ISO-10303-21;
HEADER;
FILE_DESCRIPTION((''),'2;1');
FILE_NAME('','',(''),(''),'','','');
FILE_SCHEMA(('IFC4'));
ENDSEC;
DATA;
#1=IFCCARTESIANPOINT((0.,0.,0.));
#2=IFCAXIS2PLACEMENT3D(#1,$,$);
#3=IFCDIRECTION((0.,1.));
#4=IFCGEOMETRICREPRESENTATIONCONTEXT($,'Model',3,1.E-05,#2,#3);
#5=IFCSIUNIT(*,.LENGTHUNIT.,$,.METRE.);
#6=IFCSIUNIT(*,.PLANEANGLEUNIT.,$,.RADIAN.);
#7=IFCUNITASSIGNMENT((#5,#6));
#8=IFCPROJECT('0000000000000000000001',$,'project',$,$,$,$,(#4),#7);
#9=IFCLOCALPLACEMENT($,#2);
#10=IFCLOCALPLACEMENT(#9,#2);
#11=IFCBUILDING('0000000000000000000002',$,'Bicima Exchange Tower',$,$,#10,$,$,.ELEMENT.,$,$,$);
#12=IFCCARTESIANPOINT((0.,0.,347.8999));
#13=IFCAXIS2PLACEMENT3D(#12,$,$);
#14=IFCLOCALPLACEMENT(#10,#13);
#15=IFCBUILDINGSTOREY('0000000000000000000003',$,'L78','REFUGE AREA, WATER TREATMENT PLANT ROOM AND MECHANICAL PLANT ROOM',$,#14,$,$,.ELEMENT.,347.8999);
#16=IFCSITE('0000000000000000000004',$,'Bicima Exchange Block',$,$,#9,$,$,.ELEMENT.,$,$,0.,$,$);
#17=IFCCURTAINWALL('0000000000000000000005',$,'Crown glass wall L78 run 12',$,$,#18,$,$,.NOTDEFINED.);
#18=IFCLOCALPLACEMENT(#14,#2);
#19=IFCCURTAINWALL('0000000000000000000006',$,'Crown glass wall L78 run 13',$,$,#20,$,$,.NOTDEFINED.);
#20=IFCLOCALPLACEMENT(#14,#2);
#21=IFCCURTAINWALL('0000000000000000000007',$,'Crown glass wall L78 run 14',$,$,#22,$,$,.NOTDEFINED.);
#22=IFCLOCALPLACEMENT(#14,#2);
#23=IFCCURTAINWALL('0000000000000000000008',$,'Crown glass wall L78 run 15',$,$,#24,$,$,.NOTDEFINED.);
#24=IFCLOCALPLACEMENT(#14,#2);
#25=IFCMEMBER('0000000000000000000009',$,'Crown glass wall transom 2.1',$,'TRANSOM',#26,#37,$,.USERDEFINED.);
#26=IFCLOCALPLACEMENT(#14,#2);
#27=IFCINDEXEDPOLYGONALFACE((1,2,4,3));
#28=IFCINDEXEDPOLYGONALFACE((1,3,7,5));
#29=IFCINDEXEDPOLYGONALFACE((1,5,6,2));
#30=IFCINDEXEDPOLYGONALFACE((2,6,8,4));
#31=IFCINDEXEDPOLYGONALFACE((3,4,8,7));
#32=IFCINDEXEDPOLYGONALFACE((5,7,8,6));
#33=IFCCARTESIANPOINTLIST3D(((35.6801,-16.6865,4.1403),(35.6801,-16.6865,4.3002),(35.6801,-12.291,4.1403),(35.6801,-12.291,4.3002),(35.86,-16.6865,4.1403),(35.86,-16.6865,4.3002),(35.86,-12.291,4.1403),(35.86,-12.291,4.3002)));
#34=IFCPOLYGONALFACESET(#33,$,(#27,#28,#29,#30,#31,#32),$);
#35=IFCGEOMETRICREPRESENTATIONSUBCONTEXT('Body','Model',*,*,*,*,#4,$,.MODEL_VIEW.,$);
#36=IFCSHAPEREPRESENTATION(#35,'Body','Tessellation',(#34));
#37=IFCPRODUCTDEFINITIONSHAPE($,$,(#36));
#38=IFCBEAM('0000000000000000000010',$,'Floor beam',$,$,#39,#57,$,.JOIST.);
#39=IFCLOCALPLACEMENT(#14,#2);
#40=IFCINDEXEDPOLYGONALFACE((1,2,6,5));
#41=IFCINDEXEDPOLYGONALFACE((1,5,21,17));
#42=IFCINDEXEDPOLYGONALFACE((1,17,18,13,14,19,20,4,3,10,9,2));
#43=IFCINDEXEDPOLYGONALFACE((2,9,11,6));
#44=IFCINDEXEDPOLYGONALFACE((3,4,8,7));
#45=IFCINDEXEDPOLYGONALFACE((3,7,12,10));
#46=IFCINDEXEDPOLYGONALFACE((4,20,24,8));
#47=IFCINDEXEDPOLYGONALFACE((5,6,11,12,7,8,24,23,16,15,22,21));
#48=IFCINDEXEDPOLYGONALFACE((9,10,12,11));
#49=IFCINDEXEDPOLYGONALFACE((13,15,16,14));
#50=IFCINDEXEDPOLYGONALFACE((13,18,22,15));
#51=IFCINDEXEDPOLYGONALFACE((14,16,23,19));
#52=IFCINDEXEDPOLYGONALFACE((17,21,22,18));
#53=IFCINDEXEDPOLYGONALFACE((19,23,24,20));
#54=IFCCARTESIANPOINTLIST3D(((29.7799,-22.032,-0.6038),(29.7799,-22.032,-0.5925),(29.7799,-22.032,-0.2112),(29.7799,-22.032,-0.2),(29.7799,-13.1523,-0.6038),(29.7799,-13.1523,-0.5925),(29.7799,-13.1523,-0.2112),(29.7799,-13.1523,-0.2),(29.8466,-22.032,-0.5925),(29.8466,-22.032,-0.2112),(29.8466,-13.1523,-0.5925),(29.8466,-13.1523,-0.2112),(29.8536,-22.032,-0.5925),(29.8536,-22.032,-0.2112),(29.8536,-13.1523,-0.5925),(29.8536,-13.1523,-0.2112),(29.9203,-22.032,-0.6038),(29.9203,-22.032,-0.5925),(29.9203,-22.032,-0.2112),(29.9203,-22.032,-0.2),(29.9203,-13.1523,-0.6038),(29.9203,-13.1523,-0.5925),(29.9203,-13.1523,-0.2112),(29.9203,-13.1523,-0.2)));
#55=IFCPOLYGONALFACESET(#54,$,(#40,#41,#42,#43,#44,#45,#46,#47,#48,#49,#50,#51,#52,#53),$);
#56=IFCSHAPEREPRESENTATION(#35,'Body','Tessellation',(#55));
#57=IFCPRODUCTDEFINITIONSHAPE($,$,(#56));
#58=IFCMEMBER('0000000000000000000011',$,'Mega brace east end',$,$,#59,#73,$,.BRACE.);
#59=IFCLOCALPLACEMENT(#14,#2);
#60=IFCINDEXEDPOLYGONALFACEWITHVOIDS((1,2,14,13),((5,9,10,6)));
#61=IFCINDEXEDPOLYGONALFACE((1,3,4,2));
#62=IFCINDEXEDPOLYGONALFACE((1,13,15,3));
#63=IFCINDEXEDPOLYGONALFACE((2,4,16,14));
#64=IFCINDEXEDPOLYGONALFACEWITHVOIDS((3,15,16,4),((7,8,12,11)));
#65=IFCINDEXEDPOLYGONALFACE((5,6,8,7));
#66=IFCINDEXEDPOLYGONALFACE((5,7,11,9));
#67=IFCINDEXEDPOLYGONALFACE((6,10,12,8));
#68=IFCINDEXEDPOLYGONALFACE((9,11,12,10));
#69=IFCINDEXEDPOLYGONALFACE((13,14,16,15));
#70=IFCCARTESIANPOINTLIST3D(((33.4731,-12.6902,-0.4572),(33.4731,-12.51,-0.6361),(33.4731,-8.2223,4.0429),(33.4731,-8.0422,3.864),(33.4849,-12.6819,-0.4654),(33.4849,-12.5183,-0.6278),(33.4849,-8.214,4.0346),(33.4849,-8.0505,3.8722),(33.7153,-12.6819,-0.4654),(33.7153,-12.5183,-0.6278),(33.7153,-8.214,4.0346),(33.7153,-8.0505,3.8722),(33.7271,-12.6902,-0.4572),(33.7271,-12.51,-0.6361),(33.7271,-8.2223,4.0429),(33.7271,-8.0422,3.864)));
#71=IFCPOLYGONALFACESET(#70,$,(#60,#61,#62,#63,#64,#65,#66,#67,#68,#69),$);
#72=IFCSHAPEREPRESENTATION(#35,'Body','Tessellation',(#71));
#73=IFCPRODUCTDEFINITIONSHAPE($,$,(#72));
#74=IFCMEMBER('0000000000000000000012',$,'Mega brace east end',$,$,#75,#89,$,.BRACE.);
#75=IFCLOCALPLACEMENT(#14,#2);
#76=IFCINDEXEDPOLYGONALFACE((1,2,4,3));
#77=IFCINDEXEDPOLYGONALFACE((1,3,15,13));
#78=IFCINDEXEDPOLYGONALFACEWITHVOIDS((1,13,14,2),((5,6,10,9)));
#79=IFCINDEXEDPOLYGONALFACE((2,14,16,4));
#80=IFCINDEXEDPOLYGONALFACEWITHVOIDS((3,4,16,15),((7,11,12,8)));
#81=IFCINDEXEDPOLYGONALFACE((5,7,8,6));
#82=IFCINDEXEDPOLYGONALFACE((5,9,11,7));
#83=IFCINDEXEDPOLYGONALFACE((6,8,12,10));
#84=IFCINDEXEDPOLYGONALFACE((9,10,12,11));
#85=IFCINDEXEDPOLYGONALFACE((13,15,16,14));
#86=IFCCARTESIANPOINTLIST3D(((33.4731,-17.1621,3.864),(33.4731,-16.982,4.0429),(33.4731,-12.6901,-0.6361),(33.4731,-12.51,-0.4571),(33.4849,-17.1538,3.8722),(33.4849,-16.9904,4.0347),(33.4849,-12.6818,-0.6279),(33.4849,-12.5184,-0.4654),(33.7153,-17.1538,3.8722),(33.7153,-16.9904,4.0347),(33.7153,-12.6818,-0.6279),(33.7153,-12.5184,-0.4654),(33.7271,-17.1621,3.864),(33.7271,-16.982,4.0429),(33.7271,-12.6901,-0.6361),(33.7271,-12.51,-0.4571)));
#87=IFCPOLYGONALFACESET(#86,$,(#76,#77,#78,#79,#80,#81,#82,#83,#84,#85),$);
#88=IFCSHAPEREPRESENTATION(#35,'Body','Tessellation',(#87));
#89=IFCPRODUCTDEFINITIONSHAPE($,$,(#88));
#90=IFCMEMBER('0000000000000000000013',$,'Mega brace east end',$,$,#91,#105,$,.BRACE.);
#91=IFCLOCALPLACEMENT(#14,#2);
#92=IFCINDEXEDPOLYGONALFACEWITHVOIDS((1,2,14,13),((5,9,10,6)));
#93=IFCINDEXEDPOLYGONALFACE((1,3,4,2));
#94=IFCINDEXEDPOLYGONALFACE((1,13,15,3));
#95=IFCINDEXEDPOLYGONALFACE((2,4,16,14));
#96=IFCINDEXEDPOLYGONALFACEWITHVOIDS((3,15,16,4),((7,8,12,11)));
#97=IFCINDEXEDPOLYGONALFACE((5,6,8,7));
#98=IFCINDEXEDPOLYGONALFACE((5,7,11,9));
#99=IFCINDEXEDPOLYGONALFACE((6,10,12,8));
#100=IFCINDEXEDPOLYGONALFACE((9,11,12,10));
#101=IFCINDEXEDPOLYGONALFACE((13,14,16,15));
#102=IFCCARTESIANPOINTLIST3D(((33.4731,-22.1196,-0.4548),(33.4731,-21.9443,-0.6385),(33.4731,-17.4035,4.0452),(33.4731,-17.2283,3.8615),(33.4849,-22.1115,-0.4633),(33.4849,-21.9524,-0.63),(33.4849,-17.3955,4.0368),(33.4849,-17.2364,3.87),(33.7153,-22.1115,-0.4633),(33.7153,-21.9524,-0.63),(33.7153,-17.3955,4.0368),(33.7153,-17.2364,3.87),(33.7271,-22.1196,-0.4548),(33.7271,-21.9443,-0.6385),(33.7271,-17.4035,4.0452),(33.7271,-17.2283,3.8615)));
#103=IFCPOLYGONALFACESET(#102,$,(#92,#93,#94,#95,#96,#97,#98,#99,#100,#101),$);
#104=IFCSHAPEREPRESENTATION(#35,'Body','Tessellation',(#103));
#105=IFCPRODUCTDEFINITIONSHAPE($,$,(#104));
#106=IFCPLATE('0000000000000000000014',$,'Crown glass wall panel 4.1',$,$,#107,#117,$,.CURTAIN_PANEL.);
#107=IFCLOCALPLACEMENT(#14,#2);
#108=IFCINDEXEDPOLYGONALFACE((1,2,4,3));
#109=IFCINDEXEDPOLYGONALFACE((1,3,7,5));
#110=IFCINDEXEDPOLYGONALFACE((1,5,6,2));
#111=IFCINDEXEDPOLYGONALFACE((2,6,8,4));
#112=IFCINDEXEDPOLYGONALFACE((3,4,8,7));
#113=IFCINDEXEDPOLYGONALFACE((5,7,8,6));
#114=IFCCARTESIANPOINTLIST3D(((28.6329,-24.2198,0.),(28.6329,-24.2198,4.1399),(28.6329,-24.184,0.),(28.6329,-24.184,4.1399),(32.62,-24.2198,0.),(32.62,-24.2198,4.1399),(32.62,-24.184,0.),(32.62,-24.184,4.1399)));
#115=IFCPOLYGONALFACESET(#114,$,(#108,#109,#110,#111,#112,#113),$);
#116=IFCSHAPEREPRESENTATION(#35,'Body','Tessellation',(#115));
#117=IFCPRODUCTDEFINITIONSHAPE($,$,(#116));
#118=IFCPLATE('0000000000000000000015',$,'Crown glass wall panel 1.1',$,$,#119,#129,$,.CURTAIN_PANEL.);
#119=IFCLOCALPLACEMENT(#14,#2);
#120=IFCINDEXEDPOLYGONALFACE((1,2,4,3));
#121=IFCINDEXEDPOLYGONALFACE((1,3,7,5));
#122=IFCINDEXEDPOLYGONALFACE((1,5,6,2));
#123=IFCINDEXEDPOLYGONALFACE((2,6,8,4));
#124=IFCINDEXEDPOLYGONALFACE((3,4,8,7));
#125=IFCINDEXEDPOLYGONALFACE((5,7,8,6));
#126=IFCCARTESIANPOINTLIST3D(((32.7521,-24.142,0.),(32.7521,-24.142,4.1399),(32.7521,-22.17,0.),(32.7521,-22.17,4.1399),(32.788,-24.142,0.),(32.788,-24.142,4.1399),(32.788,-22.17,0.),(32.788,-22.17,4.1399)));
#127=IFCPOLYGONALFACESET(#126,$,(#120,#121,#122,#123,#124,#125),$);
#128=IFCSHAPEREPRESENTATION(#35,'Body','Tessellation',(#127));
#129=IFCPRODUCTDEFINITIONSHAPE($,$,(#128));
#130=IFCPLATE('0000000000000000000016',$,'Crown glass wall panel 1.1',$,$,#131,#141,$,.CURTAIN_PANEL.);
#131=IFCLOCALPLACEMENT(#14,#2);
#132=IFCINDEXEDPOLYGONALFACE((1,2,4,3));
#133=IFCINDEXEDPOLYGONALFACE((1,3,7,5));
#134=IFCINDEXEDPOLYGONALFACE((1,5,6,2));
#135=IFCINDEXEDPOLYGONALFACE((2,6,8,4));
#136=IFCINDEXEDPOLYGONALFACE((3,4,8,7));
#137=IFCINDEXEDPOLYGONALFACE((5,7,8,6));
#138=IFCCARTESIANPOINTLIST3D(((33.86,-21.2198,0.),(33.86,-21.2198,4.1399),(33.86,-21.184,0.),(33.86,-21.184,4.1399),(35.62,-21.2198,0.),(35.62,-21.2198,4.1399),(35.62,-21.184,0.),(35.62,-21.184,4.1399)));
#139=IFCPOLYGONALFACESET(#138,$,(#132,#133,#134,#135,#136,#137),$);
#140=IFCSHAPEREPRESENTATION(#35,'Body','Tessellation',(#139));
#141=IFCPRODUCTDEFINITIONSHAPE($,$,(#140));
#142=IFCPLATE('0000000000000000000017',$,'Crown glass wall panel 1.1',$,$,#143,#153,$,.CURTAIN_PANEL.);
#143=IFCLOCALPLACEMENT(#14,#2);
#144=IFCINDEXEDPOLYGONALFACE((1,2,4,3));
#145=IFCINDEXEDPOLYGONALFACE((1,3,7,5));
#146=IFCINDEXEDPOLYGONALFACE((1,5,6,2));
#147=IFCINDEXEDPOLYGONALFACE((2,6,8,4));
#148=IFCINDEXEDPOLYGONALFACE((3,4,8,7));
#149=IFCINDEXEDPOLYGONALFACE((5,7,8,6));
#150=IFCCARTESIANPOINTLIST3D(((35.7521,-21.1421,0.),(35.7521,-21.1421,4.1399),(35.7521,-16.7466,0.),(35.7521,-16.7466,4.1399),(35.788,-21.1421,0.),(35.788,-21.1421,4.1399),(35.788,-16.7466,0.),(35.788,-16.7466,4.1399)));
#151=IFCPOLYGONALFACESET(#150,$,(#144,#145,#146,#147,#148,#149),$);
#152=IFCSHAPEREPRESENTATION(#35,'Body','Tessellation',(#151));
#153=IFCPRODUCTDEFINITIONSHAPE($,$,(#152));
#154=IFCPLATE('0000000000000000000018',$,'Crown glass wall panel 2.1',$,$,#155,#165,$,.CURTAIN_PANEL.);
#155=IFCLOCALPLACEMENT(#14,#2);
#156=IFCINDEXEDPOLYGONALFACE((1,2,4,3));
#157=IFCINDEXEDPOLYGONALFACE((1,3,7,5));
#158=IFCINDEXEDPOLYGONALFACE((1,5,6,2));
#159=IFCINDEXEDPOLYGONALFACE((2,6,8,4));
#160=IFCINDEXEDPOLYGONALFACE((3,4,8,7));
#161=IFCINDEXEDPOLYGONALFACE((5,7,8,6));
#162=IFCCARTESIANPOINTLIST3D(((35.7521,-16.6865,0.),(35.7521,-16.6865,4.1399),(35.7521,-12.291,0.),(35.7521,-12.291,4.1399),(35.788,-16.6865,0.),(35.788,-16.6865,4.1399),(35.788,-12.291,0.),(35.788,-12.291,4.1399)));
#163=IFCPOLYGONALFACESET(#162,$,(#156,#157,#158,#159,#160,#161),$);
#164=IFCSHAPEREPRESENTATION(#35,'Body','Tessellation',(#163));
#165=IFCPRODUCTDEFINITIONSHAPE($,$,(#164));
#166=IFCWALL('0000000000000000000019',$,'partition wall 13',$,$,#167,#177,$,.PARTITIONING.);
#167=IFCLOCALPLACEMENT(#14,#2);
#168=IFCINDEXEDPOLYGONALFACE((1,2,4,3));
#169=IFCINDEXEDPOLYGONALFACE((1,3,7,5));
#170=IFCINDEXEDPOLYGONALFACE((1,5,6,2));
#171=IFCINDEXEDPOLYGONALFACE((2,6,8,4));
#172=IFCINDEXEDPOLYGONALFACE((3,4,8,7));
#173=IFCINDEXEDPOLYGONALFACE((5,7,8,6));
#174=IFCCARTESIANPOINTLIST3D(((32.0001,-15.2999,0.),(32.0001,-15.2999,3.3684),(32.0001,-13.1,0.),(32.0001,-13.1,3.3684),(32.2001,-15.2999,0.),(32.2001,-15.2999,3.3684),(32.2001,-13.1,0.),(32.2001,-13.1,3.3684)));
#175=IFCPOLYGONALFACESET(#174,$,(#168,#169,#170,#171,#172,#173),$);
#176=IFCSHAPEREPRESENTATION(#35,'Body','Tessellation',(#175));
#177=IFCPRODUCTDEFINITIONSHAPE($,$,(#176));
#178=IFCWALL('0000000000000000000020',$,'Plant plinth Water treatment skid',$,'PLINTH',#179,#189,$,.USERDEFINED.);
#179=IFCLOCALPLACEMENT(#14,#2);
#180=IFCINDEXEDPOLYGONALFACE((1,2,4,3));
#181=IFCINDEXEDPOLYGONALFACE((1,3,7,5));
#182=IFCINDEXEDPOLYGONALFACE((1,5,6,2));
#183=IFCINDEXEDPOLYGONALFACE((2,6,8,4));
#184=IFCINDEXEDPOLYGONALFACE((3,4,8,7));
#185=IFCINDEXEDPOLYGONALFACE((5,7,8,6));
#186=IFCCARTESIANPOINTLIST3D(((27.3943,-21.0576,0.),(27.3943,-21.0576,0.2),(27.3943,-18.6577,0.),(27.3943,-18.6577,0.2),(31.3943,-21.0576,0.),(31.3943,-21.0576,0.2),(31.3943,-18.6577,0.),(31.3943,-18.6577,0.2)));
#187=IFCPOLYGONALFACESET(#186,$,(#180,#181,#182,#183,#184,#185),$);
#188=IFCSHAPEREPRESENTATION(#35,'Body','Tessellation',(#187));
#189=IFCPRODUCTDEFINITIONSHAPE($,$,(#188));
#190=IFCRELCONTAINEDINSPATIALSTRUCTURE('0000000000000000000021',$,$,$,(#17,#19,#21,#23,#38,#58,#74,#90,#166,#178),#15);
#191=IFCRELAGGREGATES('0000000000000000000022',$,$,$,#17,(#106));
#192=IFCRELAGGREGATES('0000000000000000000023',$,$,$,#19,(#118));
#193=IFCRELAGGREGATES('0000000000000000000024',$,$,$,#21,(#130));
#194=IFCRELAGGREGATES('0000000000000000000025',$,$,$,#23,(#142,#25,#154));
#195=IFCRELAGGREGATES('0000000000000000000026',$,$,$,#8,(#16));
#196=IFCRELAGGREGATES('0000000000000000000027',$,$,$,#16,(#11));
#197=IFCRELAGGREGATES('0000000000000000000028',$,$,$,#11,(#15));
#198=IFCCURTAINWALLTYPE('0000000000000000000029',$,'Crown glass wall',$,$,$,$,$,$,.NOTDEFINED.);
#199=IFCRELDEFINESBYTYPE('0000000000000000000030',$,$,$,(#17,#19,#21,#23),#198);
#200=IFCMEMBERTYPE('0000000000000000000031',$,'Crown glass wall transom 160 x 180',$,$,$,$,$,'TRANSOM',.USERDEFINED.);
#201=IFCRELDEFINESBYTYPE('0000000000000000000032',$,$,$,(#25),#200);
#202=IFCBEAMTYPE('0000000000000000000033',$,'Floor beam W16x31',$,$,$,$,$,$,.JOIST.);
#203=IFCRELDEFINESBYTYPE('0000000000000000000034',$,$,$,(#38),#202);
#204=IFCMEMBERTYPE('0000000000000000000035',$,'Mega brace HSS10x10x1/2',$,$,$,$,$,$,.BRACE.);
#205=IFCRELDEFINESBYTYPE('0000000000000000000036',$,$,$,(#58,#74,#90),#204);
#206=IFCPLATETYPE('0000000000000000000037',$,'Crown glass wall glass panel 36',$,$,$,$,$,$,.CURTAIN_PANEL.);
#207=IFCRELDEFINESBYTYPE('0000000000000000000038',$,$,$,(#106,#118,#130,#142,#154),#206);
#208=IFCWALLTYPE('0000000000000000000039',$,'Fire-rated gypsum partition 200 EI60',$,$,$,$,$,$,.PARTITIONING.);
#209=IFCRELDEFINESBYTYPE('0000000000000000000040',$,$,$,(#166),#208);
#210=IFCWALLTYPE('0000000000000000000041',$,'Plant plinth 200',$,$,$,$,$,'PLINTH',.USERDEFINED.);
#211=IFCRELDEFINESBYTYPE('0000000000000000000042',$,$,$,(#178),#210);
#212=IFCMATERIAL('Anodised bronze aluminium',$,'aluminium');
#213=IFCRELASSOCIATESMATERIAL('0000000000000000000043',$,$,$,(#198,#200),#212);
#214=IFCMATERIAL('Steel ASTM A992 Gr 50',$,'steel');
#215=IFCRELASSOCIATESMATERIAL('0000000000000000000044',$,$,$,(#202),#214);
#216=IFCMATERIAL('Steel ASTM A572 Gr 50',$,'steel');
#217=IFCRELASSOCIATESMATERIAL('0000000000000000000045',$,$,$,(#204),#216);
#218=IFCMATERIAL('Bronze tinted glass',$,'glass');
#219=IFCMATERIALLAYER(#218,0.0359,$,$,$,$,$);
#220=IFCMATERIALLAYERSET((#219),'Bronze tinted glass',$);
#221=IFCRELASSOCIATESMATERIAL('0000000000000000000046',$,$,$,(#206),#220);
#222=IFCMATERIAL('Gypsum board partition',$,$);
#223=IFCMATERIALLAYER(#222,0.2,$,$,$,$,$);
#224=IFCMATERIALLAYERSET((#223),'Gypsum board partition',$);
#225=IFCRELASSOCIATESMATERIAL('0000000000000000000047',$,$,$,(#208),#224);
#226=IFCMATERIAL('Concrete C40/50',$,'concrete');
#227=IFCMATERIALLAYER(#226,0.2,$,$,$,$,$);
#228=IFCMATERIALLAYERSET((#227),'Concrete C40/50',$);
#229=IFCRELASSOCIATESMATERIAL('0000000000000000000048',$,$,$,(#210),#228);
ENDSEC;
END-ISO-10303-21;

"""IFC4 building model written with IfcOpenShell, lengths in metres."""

from ifc_helpers import new_model, si_unit, direction, frame, frame_2d, origin, origin_2d, place, context, subcontext, project, spatial, rectangle, hollow_rectangle, i_section, extrude, material, layer, layer_set, material_profile, profile_set, type_object, element, aggregate, save


model = new_model("IFC4")

# Units and contexts
model_context = context("Model", 3, precision=1e-05, world=origin(), true_north=direction((0.0, 1.0)))
body_context = subcontext(model_context, "Body", "Model", "MODEL_VIEW")
ifc_project = project(units=[si_unit("LENGTHUNIT", "METRE"), si_unit("PLANEANGLEUNIT", "RADIAN")], contexts=[model_context])

# Site, building, storey
site_placement = place(None, origin())
site = spatial("IfcSite", under=ifc_project, at=site_placement, Name="Bicima Exchange Block", CompositionType="ELEMENT", RefElevation=0.0)
building_placement = place(site_placement, origin())
building = spatial("IfcBuilding", under=site, at=building_placement, Name="Bicima Exchange Tower", CompositionType="ELEMENT")
storey_placement = place(building_placement, frame((0.0, 0.0, 347.8999)))
storey = spatial("IfcBuildingStorey", under=building, at=storey_placement, Name="L78", Description="REFUGE AREA, WATER TREATMENT PLANT ROOM AND MECHANICAL PLANT ROOM", CompositionType="ELEMENT", Elevation=347.8999)

# Shared definitions
ifc_material_1 = material(Name="Steel ASTM A572 Gr 50", Category="steel")
ifc_material_2 = material(Name="Steel ASTM A992 Gr 50", Category="steel")

# Curtain wall
ifc_material_3 = material(Name="Anodised bronze aluminium", Category="aluminium")
curtain_wall_type = type_object("IfcCurtainWallType", Name="Crown glass wall", PredefinedType="NOTDEFINED", material=ifc_material_3)
curtain_wall_1_placement = place(storey_placement, origin())
curtain_wall_1 = element("IfcCurtainWall", 1, at=curtain_wall_1_placement, inside=storey, type_object=curtain_wall_type, Name="Crown glass wall L78 run 12", PredefinedType="NOTDEFINED")

# Curtain walls
curtain_wall_2_placement = place(storey_placement, origin())
curtain_wall_2 = element("IfcCurtainWall", 2, at=curtain_wall_2_placement, inside=storey, type_object=curtain_wall_type, Name="Crown glass wall L78 run 13", PredefinedType="NOTDEFINED")
curtain_wall_3_placement = place(storey_placement, origin())
curtain_wall_3 = element("IfcCurtainWall", 3, at=curtain_wall_3_placement, inside=storey, type_object=curtain_wall_type, Name="Crown glass wall L78 run 14", PredefinedType="NOTDEFINED")
curtain_wall_4_placement = place(storey_placement, origin())
curtain_wall_4 = element("IfcCurtainWall", 4, at=curtain_wall_4_placement, inside=storey, type_object=curtain_wall_type, Name="Crown glass wall L78 run 15", PredefinedType="NOTDEFINED")

# Member
ifc_material_profile_1 = material_profile(ifc_material_3, rectangle(XDim=0.1799, YDim=0.1599, at=origin_2d()))
ifc_profile_set_1 = profile_set([ifc_material_profile_1], Name="Anodised bronze aluminium")
member_type_1 = type_object("IfcMemberType", Name="Crown glass wall transom 160 x 180", ElementType="TRANSOM", PredefinedType="USERDEFINED", material=ifc_profile_set_1)
member_1_placement = place(storey_placement, frame((35.77, -16.6865, 4.2202), z_axis=(0.0, 1.0, 0.0), x_axis=(-1.0, 0.0, 0.0)))
member_1 = element("IfcMember", 5, at=member_1_placement, type_object=member_type_1, Name="Crown glass wall transom 2.1", ObjectType="TRANSOM", PredefinedType="USERDEFINED", context=body_context, shape_type="SweptSolid", body=[
    extrude(rectangle(XDim=0.1799, YDim=0.1599, at=origin_2d()), origin(), (0.0, 0.0, 1.0), 4.3955),
])

# Beam
ifc_material_profile_2 = material_profile(ifc_material_2, i_section(OverallWidth=0.1404, OverallDepth=0.4038, WebThickness=0.0071, FlangeThickness=0.0112, at=origin_2d()))
ifc_profile_set_2 = profile_set([ifc_material_profile_2], Name="Steel ASTM A992 Gr 50")
beam_type = type_object("IfcBeamType", Name="Floor beam W16x31", PredefinedType="JOIST", material=ifc_profile_set_2)
beam_placement = place(storey_placement, frame((29.8501, -13.1523, -0.4019), z_axis=(0.0, -1.0, 0.0), x_axis=(1.0, 0.0, 0.0)))
element("IfcBeam", 6, at=beam_placement, inside=storey, type_object=beam_type, Name="Floor beam", PredefinedType="JOIST", context=body_context, shape_type="SweptSolid", body=[
    extrude(i_section(OverallWidth=0.1404, OverallDepth=0.4038, WebThickness=0.0071, FlangeThickness=0.0112, at=origin_2d()), origin(), (0.0, 0.0, 1.0), 8.8796),
])

# Members
ifc_material_profile_3 = material_profile(ifc_material_1, hollow_rectangle(XDim=0.2539, YDim=0.2539, WallThickness=0.0117, at=origin_2d()))
ifc_profile_set_3 = profile_set([ifc_material_profile_3], Name="Steel ASTM A572 Gr 50")
member_type_2 = type_object("IfcMemberType", Name="Mega brace HSS10x10x1/2", PredefinedType="BRACE", material=ifc_profile_set_3)
member_2_placement = place(storey_placement, frame((33.6001, -12.6001, -0.5466), z_axis=(0.0, 0.704561, 0.709643), x_axis=(-1.0, 0.0, 0.0)))
element("IfcMember", 7, at=member_2_placement, inside=storey, type_object=member_type_2, Name="Mega brace east end", PredefinedType="BRACE", context=body_context, shape_type="SweptSolid", body=[
    extrude(hollow_rectangle(XDim=0.2539, YDim=0.2539, WallThickness=0.0117, at=origin_2d()), origin(), (0.0, 0.0, 1.0), 6.3413),
])
member_3_placement = place(storey_placement, frame((33.6001, -12.6001, -0.5466), z_axis=(0.0, -0.704891, 0.709316), x_axis=(1.0, 0.0, 0.0)))
element("IfcMember", 8, at=member_3_placement, inside=storey, type_object=member_type_2, Name="Mega brace east end", PredefinedType="BRACE", context=body_context, shape_type="SweptSolid", body=[
    extrude(hollow_rectangle(XDim=0.2539, YDim=0.2539, WallThickness=0.0117, at=origin_2d()), origin(), (0.0, 0.0, 1.0), 6.3442),
])
member_4_placement = place(storey_placement, frame((33.6001, -22.032, -0.5466), z_axis=(0.0, 0.723486, 0.690339), x_axis=(-1.0, 0.0, 0.0)))
element("IfcMember", 9, at=member_4_placement, inside=storey, type_object=member_type_2, Name="Mega brace east end", PredefinedType="BRACE", context=body_context, shape_type="SweptSolid", body=[
    extrude(hollow_rectangle(XDim=0.2539, YDim=0.2539, WallThickness=0.0117, at=origin_2d()), origin(), (0.0, 0.0, 1.0), 6.5186),
])

# Plates
ifc_material_4 = material(Name="Bronze tinted glass", Category="glass")
ifc_layer_1 = layer(ifc_material_4, 0.0359)
ifc_layer_set_1 = layer_set([ifc_layer_1], Name="Bronze tinted glass")
plate_type = type_object("IfcPlateType", Name="Crown glass wall glass panel 36", PredefinedType="CURTAIN_PANEL", material=ifc_layer_set_1)
plate_1_placement = place(storey_placement, frame((30.6265, -24.2019, 0.0), z_axis=(0.0, 0.0, 1.0), x_axis=(1.0, 0.0, 0.0)))
plate_1 = element("IfcPlate", 10, at=plate_1_placement, type_object=plate_type, Name="Crown glass wall panel 4.1", PredefinedType="CURTAIN_PANEL", context=body_context, shape_type="SweptSolid", body=[
    extrude(rectangle(XDim=3.9871, YDim=0.0359, at=origin_2d()), origin(), (0.0, 0.0, 1.0), 4.1399),
])
aggregate(curtain_wall_1, [plate_1])
plate_2_placement = place(storey_placement, frame((32.77, -23.156, 0.0), z_axis=(0.0, 0.0, 1.0), x_axis=(0.0, 1.0, 0.0)))
plate_2 = element("IfcPlate", 11, at=plate_2_placement, type_object=plate_type, Name="Crown glass wall panel 1.1", PredefinedType="CURTAIN_PANEL", context=body_context, shape_type="SweptSolid", body=[
    extrude(rectangle(XDim=1.9719, YDim=0.0359, at=origin_2d()), origin(), (0.0, 0.0, 1.0), 4.1399),
])
aggregate(curtain_wall_2, [plate_2])
plate_3_placement = place(storey_placement, frame((34.74, -21.2019, 0.0), z_axis=(0.0, 0.0, 1.0), x_axis=(1.0, 0.0, 0.0)))
plate_3 = element("IfcPlate", 12, at=plate_3_placement, type_object=plate_type, Name="Crown glass wall panel 1.1", PredefinedType="CURTAIN_PANEL", context=body_context, shape_type="SweptSolid", body=[
    extrude(rectangle(XDim=1.76, YDim=0.0359, at=origin_2d()), origin(), (0.0, 0.0, 1.0), 4.1399),
])
aggregate(curtain_wall_3, [plate_3])
plate_4_placement = place(storey_placement, frame((35.77, -18.9443, 0.0), z_axis=(0.0, 0.0, 1.0), x_axis=(0.0, 1.0, 0.0)))
plate_4 = element("IfcPlate", 13, at=plate_4_placement, type_object=plate_type, Name="Crown glass wall panel 1.1", PredefinedType="CURTAIN_PANEL", context=body_context, shape_type="SweptSolid", body=[
    extrude(rectangle(XDim=4.3955, YDim=0.0359, at=origin_2d()), origin(), (0.0, 0.0, 1.0), 4.1399),
])
plate_5_placement = place(storey_placement, frame((35.77, -14.4888, 0.0), z_axis=(0.0, 0.0, 1.0), x_axis=(0.0, 1.0, 0.0)))
plate_5 = element("IfcPlate", 14, at=plate_5_placement, type_object=plate_type, Name="Crown glass wall panel 2.1", PredefinedType="CURTAIN_PANEL", context=body_context, shape_type="SweptSolid", body=[
    extrude(rectangle(XDim=4.3955, YDim=0.0359, at=origin_2d()), origin(), (0.0, 0.0, 1.0), 4.1399),
])
aggregate(curtain_wall_4, [plate_4, member_1, plate_5])

# Walls
ifc_material_5 = material(Name="Gypsum board partition")
ifc_layer_2 = layer(ifc_material_5, 0.2)
ifc_layer_set_2 = layer_set([ifc_layer_2], Name="Gypsum board partition")
wall_type_1 = type_object("IfcWallType", Name="Fire-rated gypsum partition 200 EI60", PredefinedType="PARTITIONING", material=ifc_layer_set_2)
wall_1_placement = place(storey_placement, frame((32.1001, -15.3, 0.0), z_axis=(0.0, 0.0, 1.0), x_axis=(0.0, 1.0, 0.0)))
element("IfcWall", 15, at=wall_1_placement, inside=storey, type_object=wall_type_1, Name="partition wall 13", PredefinedType="PARTITIONING", context=body_context, shape_type="SweptSolid", body=[
    extrude(rectangle(XDim=2.2, YDim=0.2, at=frame_2d((1.1001, 0.0))), origin(), (0.0, 0.0, 1.0), 3.3684),
])
ifc_material_6 = material(Name="Concrete C40/50", Category="concrete")
ifc_layer_3 = layer(ifc_material_6, 0.2)
ifc_layer_set_3 = layer_set([ifc_layer_3], Name="Concrete C40/50")
wall_type_2 = type_object("IfcWallType", Name="Plant plinth 200", ElementType="PLINTH", PredefinedType="USERDEFINED", material=ifc_layer_set_3)
wall_2_placement = place(storey_placement, frame((29.3943, -19.8577, 0.0), z_axis=(0.0, 0.0, 1.0), x_axis=(1.0, 0.0, 0.0)))
element("IfcWall", 16, at=wall_2_placement, inside=storey, type_object=wall_type_2, Name="Plant plinth Water treatment skid", ObjectType="PLINTH", PredefinedType="USERDEFINED", context=body_context, shape_type="SweptSolid", body=[
    extrude(rectangle(XDim=4.0, YDim=2.3999, at=origin_2d()), origin(), (0.0, 0.0, 1.0), 0.2),
])

save(model, "model.ifc")
